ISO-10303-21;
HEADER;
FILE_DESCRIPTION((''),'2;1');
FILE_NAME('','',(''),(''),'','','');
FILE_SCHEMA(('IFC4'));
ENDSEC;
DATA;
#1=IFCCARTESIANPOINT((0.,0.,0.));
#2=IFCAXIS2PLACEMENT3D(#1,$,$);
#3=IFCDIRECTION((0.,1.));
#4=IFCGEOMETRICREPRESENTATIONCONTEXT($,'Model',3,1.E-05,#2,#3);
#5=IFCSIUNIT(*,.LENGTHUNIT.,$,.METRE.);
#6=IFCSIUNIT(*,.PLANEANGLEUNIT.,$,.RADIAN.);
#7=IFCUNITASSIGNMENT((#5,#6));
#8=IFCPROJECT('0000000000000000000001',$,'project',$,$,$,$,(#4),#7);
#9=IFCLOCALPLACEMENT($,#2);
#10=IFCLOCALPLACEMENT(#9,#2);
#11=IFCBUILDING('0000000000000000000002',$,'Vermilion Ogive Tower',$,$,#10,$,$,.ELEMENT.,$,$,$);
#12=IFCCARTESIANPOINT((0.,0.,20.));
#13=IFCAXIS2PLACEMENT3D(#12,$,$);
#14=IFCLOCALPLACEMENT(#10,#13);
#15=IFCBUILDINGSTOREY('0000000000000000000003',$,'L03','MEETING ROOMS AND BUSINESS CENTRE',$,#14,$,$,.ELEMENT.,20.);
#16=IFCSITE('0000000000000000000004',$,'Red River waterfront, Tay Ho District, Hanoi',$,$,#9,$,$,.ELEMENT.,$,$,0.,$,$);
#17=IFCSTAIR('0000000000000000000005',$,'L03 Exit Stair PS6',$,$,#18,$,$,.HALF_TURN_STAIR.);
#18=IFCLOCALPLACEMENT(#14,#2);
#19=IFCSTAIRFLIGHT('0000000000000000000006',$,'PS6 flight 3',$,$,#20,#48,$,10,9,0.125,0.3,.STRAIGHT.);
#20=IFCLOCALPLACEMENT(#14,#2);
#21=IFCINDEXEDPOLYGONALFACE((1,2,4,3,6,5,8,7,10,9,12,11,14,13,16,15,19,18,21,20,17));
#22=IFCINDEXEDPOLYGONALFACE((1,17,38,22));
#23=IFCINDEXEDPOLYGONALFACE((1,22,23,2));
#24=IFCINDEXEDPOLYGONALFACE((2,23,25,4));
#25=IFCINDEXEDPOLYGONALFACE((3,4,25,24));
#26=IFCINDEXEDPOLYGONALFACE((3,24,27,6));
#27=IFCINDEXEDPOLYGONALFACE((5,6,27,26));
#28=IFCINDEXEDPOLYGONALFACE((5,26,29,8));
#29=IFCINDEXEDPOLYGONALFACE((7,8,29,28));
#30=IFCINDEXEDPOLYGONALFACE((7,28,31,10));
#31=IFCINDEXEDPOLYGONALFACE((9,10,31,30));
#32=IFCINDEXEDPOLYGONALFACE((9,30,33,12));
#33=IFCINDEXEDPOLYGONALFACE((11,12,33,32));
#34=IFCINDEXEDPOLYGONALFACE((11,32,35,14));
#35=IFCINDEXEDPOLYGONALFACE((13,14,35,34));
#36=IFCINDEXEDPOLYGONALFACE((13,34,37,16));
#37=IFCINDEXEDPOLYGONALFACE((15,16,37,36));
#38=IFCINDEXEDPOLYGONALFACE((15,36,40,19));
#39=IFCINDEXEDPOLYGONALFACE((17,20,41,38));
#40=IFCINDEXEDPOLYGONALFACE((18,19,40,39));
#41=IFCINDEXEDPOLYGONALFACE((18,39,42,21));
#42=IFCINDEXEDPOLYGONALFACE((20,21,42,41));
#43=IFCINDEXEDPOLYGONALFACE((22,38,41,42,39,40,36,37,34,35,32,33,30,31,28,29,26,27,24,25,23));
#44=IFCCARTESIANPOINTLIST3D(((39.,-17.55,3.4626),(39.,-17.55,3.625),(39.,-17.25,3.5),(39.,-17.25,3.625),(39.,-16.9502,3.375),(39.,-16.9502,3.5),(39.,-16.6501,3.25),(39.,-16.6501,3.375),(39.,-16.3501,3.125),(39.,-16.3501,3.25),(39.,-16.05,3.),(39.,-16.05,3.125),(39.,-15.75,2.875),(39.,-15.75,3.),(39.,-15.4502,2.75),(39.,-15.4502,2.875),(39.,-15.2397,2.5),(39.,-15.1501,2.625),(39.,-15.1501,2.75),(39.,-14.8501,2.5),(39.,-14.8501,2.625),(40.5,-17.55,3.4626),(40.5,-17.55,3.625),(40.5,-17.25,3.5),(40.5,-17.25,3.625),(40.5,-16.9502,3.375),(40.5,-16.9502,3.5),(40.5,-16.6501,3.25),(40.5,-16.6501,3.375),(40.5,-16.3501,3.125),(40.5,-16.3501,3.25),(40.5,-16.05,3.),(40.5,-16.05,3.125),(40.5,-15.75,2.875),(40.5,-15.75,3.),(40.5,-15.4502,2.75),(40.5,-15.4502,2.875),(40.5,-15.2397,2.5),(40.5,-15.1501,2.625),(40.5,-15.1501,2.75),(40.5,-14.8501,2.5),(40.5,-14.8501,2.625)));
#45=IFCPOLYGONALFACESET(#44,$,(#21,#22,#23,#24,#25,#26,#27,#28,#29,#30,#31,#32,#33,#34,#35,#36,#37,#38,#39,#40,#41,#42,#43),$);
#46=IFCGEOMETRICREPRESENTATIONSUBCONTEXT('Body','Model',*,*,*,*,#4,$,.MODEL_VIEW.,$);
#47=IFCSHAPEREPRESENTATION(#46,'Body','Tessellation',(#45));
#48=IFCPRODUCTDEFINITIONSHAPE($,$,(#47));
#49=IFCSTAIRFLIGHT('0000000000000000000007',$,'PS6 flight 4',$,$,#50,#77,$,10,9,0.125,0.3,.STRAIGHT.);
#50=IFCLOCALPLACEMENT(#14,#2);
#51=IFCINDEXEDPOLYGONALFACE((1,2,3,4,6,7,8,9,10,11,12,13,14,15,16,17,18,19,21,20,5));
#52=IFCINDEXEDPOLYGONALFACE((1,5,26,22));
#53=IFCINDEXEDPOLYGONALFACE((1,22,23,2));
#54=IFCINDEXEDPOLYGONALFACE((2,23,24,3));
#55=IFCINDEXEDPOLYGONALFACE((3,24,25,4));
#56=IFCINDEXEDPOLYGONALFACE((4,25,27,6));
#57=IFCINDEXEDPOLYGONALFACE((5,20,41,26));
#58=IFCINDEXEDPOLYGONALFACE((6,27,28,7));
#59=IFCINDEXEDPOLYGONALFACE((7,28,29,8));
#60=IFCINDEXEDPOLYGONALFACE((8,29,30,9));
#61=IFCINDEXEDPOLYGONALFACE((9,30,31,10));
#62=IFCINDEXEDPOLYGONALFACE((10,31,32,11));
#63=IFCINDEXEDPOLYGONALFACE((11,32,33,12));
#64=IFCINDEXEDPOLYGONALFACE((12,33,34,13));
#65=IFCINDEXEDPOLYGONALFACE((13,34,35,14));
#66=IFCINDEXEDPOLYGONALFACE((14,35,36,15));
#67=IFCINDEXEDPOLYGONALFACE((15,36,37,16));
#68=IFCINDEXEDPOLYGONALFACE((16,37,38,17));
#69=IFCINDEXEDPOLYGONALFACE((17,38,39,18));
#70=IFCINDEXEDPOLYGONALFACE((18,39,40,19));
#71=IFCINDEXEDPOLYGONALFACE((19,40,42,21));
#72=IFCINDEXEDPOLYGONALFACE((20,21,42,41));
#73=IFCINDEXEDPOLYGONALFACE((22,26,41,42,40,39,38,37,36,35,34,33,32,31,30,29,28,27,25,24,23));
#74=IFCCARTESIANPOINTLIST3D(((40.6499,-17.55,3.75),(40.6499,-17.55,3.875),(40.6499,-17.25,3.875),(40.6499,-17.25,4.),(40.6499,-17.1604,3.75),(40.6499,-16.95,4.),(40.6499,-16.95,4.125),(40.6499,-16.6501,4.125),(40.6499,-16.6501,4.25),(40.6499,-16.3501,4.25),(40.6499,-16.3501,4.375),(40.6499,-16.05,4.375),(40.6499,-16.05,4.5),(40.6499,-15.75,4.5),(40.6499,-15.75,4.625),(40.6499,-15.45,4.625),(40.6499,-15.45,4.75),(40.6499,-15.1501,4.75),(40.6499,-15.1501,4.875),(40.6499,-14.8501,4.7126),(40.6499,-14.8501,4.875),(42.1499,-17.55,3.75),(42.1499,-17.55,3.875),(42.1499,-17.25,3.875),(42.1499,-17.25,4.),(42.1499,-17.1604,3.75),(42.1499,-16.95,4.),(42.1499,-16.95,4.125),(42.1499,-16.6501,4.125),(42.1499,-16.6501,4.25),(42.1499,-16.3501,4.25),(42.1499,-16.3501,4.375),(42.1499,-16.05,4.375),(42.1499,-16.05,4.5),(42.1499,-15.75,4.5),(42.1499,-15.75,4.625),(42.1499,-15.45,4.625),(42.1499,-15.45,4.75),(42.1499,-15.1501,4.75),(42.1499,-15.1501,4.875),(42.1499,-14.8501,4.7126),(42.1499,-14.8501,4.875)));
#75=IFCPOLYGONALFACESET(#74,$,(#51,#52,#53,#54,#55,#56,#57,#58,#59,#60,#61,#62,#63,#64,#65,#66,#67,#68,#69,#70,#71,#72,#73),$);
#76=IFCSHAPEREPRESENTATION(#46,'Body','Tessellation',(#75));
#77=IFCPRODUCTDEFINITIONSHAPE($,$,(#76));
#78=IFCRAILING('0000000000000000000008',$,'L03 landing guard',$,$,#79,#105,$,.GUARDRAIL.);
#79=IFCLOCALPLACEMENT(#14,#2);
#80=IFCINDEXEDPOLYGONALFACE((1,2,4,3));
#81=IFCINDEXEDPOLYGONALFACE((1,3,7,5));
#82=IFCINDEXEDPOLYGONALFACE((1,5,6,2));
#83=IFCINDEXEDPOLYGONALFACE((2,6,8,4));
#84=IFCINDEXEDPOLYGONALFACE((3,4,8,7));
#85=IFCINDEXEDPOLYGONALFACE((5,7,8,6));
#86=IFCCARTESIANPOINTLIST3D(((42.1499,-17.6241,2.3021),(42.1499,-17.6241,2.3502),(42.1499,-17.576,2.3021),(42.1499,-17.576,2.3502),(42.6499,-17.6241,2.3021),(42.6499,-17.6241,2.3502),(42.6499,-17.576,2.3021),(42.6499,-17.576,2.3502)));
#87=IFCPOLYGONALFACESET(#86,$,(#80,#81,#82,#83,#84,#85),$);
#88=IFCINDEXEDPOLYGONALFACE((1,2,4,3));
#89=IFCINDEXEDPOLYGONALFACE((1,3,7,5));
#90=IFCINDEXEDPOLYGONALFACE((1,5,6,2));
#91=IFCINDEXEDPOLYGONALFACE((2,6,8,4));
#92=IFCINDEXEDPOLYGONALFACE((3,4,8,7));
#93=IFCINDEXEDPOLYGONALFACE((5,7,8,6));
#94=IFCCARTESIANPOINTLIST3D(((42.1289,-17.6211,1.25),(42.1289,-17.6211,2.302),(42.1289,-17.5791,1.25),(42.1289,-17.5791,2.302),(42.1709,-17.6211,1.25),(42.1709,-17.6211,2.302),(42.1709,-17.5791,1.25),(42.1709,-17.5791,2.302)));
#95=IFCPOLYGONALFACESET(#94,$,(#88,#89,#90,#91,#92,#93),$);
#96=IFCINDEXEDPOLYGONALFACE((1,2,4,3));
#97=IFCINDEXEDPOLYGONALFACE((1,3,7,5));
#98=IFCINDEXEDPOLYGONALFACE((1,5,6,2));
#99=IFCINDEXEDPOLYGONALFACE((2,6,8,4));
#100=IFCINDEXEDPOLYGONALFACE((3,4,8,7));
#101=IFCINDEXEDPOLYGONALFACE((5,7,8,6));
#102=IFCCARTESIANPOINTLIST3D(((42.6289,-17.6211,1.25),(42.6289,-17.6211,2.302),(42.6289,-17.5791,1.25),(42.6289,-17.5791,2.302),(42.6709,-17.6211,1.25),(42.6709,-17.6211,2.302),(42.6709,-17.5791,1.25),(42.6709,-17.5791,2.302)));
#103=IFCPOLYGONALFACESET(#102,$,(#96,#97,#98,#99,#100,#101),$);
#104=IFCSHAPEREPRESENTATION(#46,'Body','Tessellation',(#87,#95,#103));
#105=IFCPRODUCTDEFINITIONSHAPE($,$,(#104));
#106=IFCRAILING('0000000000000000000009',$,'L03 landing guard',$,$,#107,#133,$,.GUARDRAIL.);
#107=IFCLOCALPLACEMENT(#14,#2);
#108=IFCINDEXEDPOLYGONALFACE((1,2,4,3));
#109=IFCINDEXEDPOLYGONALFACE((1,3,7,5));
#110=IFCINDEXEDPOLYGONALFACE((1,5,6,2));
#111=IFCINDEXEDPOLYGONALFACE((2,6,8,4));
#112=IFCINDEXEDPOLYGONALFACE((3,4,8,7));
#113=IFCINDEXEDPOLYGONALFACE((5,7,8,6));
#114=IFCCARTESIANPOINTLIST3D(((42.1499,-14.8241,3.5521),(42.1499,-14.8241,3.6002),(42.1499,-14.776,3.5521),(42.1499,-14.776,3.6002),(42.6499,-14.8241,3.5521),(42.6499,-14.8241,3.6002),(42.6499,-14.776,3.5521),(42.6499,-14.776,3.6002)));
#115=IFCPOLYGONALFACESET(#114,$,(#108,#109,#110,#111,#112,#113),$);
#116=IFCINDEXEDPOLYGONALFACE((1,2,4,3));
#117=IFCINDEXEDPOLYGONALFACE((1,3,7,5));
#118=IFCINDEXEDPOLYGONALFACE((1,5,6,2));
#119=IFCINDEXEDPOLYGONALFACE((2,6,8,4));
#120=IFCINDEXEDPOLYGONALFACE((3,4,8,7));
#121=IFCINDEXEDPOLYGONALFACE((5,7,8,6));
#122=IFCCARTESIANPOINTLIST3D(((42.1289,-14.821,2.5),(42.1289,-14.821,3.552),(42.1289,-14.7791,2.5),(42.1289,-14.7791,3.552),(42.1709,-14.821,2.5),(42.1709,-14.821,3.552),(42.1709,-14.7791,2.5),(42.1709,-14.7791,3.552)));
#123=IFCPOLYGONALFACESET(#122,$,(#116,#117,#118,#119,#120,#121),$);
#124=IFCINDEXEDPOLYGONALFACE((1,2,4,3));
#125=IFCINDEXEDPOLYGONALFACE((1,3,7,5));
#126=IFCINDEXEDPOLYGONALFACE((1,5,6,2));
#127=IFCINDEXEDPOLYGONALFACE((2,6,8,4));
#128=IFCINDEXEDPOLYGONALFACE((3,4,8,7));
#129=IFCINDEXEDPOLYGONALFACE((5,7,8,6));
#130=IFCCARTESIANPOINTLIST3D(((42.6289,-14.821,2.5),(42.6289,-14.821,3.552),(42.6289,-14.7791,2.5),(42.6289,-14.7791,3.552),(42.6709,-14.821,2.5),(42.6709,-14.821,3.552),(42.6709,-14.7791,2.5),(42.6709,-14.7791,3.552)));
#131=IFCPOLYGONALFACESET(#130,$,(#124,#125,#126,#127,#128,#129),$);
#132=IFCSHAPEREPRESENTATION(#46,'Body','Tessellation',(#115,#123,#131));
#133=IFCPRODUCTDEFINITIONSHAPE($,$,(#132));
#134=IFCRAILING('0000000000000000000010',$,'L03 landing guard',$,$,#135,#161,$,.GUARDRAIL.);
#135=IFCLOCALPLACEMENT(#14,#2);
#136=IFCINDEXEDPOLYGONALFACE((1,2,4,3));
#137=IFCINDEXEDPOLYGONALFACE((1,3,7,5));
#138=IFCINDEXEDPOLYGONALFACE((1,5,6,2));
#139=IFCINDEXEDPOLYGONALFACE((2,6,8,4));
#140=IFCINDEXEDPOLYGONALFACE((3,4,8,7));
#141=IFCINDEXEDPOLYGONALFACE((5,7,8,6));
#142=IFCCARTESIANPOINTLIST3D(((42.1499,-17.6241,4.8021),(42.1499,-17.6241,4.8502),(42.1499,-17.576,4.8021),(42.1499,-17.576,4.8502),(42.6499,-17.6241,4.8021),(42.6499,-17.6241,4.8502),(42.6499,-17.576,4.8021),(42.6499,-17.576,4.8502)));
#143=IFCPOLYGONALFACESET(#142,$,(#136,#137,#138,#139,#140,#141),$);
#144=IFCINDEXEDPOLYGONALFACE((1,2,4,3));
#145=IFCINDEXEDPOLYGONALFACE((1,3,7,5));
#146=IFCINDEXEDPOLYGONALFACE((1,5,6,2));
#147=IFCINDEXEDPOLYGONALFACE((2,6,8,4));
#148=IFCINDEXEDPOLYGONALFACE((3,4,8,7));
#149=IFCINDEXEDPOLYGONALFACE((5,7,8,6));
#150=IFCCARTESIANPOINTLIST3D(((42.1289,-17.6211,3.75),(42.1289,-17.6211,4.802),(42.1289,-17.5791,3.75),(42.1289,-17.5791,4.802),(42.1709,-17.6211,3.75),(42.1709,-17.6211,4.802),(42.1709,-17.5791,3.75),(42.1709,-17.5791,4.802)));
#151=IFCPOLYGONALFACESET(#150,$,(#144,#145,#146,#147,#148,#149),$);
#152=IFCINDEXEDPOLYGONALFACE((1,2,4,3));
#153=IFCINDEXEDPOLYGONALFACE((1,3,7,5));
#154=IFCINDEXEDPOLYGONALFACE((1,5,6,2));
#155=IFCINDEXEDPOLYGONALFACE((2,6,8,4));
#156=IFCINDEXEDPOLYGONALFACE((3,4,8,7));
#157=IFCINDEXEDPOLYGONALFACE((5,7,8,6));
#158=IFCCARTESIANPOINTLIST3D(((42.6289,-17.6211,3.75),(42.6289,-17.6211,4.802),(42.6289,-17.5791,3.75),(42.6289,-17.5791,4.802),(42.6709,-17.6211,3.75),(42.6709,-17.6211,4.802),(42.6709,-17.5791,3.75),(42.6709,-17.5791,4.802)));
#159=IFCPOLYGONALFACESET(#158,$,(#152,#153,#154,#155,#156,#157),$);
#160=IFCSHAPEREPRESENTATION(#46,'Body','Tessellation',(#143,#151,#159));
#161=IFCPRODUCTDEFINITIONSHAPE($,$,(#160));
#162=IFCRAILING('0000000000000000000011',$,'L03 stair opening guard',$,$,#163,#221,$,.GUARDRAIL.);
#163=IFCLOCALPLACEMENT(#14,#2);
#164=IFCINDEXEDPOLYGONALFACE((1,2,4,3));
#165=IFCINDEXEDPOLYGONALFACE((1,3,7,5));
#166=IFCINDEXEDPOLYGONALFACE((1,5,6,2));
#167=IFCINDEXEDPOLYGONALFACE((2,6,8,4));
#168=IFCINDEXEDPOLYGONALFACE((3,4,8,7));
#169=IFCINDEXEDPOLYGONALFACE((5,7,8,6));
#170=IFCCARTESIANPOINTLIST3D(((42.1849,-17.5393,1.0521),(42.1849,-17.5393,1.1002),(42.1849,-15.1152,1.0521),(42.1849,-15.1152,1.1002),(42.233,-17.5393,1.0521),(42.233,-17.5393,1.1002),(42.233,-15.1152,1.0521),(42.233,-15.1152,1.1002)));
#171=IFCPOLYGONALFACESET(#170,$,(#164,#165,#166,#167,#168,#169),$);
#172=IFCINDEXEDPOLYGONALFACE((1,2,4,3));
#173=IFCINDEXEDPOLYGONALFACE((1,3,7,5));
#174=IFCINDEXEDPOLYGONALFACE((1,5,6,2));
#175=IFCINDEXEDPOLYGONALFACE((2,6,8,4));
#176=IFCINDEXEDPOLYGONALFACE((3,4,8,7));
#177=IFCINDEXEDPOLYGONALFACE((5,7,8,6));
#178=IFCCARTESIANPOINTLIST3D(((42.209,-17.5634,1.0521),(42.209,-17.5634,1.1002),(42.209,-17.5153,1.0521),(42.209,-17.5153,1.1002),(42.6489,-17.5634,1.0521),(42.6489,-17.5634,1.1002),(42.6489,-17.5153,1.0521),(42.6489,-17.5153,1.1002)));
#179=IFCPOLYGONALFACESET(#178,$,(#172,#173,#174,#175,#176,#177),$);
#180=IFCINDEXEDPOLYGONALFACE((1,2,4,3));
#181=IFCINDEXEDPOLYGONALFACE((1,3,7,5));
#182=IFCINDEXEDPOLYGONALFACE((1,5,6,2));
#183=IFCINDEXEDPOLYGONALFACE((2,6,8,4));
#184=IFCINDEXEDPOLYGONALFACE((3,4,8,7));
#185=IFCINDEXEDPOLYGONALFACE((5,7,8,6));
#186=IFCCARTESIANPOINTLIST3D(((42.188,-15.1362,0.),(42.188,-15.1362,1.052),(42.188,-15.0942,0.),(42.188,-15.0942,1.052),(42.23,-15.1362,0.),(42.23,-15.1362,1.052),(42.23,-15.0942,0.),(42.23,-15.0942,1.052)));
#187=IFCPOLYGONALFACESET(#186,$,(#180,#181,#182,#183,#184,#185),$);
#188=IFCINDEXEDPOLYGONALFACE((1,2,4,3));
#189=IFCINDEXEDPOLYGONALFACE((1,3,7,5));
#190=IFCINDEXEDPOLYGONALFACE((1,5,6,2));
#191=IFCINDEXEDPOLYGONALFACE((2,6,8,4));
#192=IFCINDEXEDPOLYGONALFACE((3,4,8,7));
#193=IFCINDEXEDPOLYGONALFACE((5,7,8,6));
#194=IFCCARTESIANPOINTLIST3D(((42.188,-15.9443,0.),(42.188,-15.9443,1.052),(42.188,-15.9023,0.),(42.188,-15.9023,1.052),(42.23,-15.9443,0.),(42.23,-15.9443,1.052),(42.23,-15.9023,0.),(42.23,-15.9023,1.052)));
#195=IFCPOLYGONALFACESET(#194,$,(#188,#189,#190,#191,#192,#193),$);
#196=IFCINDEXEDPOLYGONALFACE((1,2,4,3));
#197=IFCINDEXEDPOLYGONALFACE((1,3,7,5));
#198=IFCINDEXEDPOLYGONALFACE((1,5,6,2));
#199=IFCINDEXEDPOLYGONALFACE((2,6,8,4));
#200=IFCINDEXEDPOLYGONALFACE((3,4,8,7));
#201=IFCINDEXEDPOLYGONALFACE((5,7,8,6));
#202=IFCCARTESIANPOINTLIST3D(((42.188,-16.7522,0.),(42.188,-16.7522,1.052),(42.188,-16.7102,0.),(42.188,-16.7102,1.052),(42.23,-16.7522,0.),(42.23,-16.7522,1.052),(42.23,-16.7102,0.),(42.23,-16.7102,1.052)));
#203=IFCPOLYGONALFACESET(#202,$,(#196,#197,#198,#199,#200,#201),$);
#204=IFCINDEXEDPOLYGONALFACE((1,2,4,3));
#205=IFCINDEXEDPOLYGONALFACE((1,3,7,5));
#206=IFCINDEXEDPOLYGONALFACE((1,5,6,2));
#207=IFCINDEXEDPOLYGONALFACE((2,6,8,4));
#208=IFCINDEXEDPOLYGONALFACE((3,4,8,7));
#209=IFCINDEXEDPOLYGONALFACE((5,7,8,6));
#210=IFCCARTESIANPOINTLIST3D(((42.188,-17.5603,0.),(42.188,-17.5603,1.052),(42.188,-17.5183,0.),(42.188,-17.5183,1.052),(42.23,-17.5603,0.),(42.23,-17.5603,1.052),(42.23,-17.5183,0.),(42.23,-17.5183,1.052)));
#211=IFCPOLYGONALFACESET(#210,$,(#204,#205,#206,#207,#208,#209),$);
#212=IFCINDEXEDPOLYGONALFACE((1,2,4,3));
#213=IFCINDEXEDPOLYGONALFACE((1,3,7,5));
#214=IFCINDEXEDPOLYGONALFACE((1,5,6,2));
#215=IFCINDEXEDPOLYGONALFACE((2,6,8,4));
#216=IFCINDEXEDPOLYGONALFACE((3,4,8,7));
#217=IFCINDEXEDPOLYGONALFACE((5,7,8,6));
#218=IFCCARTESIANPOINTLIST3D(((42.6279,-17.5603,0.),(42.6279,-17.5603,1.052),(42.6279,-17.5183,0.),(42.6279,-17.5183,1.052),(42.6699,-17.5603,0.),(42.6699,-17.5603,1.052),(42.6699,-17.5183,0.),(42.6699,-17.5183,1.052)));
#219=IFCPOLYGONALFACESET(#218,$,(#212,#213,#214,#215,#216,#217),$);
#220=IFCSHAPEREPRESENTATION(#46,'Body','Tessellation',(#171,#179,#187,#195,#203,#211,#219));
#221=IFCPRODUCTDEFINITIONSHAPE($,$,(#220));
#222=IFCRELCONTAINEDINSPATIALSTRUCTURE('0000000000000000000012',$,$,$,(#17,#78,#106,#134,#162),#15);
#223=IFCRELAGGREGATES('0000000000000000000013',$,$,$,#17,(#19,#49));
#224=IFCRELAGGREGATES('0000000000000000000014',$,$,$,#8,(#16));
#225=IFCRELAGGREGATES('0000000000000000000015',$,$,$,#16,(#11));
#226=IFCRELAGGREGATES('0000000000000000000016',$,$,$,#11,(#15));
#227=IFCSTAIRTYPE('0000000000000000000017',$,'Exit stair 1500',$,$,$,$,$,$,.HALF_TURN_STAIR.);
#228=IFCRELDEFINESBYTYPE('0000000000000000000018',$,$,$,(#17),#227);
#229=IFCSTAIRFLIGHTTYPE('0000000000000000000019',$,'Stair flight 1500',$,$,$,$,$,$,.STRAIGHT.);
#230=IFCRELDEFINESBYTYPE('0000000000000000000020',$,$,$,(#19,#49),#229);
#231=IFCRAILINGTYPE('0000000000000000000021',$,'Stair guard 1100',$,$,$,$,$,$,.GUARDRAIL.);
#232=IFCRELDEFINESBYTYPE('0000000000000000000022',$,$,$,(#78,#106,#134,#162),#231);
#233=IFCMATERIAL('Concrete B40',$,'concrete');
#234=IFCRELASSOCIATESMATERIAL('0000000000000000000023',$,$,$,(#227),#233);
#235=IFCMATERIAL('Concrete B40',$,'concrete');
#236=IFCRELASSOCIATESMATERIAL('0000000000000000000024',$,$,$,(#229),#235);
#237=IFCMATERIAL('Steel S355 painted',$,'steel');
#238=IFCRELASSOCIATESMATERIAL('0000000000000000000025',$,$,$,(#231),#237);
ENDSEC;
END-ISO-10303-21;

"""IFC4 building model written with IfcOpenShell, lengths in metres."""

from ifc_helpers import new_model, si_unit, direction, frame, origin, origin_2d, place, context, subcontext, project, spatial, polyline, rectangle, outline, extrude, material, type_object, element, aggregate, save


model = new_model("IFC4")

# Units and contexts
model_context = context("Model", 3, precision=1e-05, world=origin(), true_north=direction((0.0, 1.0)))
body_context = subcontext(model_context, "Body", "Model", "MODEL_VIEW")
ifc_project = project(units=[si_unit("LENGTHUNIT", "METRE"), si_unit("PLANEANGLEUNIT", "RADIAN")], contexts=[model_context])

# Site, building, storey
site_placement = place(None, origin())
site = spatial("IfcSite", under=ifc_project, at=site_placement, Name="Red River waterfront, Tay Ho District, Hanoi", CompositionType="ELEMENT", RefElevation=0.0)
building_placement = place(site_placement, origin())
building = spatial("IfcBuilding", under=site, at=building_placement, Name="Vermilion Ogive Tower", CompositionType="ELEMENT")
storey_placement = place(building_placement, frame((0.0, 0.0, 20.0)))
storey = spatial("IfcBuildingStorey", under=building, at=storey_placement, Name="L03", Description="MEETING ROOMS AND BUSINESS CENTRE", CompositionType="ELEMENT", Elevation=20.0)

# Stair, stair flights
ifc_material_1 = material(Name="Concrete B40", Category="concrete")
stair_type = type_object("IfcStairType", Name="Exit stair 1500", PredefinedType="HALF_TURN_STAIR", material=ifc_material_1)
stair_placement = place(storey_placement, origin())
stair = element("IfcStair", 1, at=stair_placement, inside=storey, type_object=stair_type, Name="L03 Exit Stair PS6", PredefinedType="HALF_TURN_STAIR")
ifc_material_2 = material(Name="Concrete B40", Category="concrete")
stair_flight_type = type_object("IfcStairFlightType", Name="Stair flight 1500", PredefinedType="STRAIGHT", material=ifc_material_2)
stair_flight_1_placement = place(storey_placement, frame((39.75, -14.8501, 2.5), z_axis=(0.0, 0.0, 1.0), x_axis=(0.0, -1.0, 0.0)))
stair_flight_1 = element("IfcStairFlight", 2, at=stair_flight_1_placement, type_object=stair_flight_type, Name="PS6 flight 3", NumberOfRisers=10, NumberOfTreads=9, PredefinedType="STRAIGHT", RiserHeight=0.125, TreadLength=0.3, context=body_context, shape_type="SweptSolid", body=[
    extrude(outline(polyline([(0.0, 0.0), (0.0, 0.125), (0.3, 0.125), (0.3, 0.25), (0.6001, 0.25), (0.6001, 0.375), (0.8999, 0.375), (0.8999, 0.5), (1.2, 0.5), (1.2, 0.625), (1.5, 0.625), (1.5, 0.75), (1.8, 0.75), (1.8, 0.875), (2.1001, 0.875), (2.1001, 1.0), (2.3999, 1.0), (2.3999, 1.125), (2.7, 1.125), (2.7, 1.25), (2.7, 0.9626), (0.3896, 0.0), (0.0, 0.0)])), frame((0.0, 0.75, 0.0), z_axis=(0.0, -1.0, 0.0), x_axis=(1.0, 0.0, 0.0)), (0.0, 0.0, 1.0), 1.5),
])
stair_flight_2_placement = place(storey_placement, frame((41.3999, -17.55, 3.75), z_axis=(0.0, 0.0, 1.0), x_axis=(0.0, 1.0, 0.0)))
stair_flight_2 = element("IfcStairFlight", 3, at=stair_flight_2_placement, type_object=stair_flight_type, Name="PS6 flight 4", NumberOfRisers=10, NumberOfTreads=9, PredefinedType="STRAIGHT", RiserHeight=0.125, TreadLength=0.3, context=body_context, shape_type="SweptSolid", body=[
    extrude(outline(polyline([(0.0, 0.0), (0.0, 0.125), (0.3, 0.125), (0.3, 0.25), (0.6001, 0.25), (0.6001, 0.375), (0.8999, 0.375), (0.8999, 0.5), (1.2, 0.5), (1.2, 0.625), (1.5, 0.625), (1.5, 0.75), (1.8, 0.75), (1.8, 0.875), (2.1001, 0.875), (2.1001, 1.0), (2.3999, 1.0), (2.3999, 1.125), (2.7, 1.125), (2.7, 1.25), (2.7, 0.9626), (0.3896, 0.0), (0.0, 0.0)])), frame((0.0, 0.75, 0.0), z_axis=(0.0, -1.0, 0.0), x_axis=(1.0, 0.0, 0.0)), (0.0, 0.0, 1.0), 1.5),
])
aggregate(stair, [stair_flight_1, stair_flight_2])

# Railings
ifc_material_3 = material(Name="Steel S355 painted", Category="steel")
railing_type_1 = type_object("IfcRailingType", Name="Stair guard 1100", PredefinedType="GUARDRAIL", material=ifc_material_3)
for number, where, name in (
    (4, (42.1499, -17.6001, 1.25), "L03 landing guard"),
    (5, (42.1499, -14.8, 2.5), "L03 landing guard"),
    (6, (42.1499, -17.6001, 3.75), "L03 landing guard"),
):
    element("IfcRailing", number, at=place(storey_placement, frame(where)), inside=storey, type_object=railing_type_1, Name=name, PredefinedType="GUARDRAIL", context=body_context, shape_type="SweptSolid", body=[
        extrude(rectangle(XDim=0.0481, YDim=0.0481, at=origin_2d()), frame((0.0, 0.0, 1.0762), z_axis=(1.0, 0.0, 0.0), x_axis=(0.0, 1.0, 0.0)), (0.0, 0.0, 1.0), 0.5),
        extrude(rectangle(XDim=0.042, YDim=0.042, at=origin_2d()), origin(), (0.0, 0.0, 1.0), 1.052),
        extrude(rectangle(XDim=0.042, YDim=0.042, at=origin_2d()), frame((0.5, 0.0, 0.0)), (0.0, 0.0, 1.0), 1.052),
    ])
railing_1_placement = place(storey_placement, frame((42.209, -15.1152, 0.0)))
element("IfcRailing", 7, at=railing_1_placement, inside=storey, type_object=railing_type_1, Name="L03 stair opening guard", PredefinedType="GUARDRAIL", context=body_context, shape_type="SweptSolid", body=[
    extrude(rectangle(XDim=0.0481, YDim=0.0481, at=origin_2d()), frame((0.0, 0.0, 1.0762), z_axis=(0.0, -1.0, 0.0), x_axis=(1.0, 0.0, 0.0)), (0.0, 0.0, 1.0), 2.4241),
    extrude(rectangle(XDim=0.0481, YDim=0.0481, at=origin_2d()), frame((0.0, -2.4241, 1.0762), z_axis=(1.0, 0.0, 0.0), x_axis=(0.0, 1.0, 0.0)), (0.0, 0.0, 1.0), 0.4399),
    extrude(rectangle(XDim=0.042, YDim=0.042, at=origin_2d()), origin(), (0.0, 0.0, 1.0), 1.052),
    extrude(rectangle(XDim=0.042, YDim=0.042, at=origin_2d()), frame((0.0, -0.8081, 0.0)), (0.0, 0.0, 1.0), 1.052),
    extrude(rectangle(XDim=0.042, YDim=0.042, at=origin_2d()), frame((0.0, -1.616, 0.0)), (0.0, 0.0, 1.0), 1.052),
    extrude(rectangle(XDim=0.042, YDim=0.042, at=origin_2d()), frame((0.0, -2.4241, 0.0)), (0.0, 0.0, 1.0), 1.052),
    extrude(rectangle(XDim=0.042, YDim=0.042, at=origin_2d()), frame((0.4399, -2.4241, 0.0)), (0.0, 0.0, 1.0), 1.052),
])

save(model, "model.ifc")
